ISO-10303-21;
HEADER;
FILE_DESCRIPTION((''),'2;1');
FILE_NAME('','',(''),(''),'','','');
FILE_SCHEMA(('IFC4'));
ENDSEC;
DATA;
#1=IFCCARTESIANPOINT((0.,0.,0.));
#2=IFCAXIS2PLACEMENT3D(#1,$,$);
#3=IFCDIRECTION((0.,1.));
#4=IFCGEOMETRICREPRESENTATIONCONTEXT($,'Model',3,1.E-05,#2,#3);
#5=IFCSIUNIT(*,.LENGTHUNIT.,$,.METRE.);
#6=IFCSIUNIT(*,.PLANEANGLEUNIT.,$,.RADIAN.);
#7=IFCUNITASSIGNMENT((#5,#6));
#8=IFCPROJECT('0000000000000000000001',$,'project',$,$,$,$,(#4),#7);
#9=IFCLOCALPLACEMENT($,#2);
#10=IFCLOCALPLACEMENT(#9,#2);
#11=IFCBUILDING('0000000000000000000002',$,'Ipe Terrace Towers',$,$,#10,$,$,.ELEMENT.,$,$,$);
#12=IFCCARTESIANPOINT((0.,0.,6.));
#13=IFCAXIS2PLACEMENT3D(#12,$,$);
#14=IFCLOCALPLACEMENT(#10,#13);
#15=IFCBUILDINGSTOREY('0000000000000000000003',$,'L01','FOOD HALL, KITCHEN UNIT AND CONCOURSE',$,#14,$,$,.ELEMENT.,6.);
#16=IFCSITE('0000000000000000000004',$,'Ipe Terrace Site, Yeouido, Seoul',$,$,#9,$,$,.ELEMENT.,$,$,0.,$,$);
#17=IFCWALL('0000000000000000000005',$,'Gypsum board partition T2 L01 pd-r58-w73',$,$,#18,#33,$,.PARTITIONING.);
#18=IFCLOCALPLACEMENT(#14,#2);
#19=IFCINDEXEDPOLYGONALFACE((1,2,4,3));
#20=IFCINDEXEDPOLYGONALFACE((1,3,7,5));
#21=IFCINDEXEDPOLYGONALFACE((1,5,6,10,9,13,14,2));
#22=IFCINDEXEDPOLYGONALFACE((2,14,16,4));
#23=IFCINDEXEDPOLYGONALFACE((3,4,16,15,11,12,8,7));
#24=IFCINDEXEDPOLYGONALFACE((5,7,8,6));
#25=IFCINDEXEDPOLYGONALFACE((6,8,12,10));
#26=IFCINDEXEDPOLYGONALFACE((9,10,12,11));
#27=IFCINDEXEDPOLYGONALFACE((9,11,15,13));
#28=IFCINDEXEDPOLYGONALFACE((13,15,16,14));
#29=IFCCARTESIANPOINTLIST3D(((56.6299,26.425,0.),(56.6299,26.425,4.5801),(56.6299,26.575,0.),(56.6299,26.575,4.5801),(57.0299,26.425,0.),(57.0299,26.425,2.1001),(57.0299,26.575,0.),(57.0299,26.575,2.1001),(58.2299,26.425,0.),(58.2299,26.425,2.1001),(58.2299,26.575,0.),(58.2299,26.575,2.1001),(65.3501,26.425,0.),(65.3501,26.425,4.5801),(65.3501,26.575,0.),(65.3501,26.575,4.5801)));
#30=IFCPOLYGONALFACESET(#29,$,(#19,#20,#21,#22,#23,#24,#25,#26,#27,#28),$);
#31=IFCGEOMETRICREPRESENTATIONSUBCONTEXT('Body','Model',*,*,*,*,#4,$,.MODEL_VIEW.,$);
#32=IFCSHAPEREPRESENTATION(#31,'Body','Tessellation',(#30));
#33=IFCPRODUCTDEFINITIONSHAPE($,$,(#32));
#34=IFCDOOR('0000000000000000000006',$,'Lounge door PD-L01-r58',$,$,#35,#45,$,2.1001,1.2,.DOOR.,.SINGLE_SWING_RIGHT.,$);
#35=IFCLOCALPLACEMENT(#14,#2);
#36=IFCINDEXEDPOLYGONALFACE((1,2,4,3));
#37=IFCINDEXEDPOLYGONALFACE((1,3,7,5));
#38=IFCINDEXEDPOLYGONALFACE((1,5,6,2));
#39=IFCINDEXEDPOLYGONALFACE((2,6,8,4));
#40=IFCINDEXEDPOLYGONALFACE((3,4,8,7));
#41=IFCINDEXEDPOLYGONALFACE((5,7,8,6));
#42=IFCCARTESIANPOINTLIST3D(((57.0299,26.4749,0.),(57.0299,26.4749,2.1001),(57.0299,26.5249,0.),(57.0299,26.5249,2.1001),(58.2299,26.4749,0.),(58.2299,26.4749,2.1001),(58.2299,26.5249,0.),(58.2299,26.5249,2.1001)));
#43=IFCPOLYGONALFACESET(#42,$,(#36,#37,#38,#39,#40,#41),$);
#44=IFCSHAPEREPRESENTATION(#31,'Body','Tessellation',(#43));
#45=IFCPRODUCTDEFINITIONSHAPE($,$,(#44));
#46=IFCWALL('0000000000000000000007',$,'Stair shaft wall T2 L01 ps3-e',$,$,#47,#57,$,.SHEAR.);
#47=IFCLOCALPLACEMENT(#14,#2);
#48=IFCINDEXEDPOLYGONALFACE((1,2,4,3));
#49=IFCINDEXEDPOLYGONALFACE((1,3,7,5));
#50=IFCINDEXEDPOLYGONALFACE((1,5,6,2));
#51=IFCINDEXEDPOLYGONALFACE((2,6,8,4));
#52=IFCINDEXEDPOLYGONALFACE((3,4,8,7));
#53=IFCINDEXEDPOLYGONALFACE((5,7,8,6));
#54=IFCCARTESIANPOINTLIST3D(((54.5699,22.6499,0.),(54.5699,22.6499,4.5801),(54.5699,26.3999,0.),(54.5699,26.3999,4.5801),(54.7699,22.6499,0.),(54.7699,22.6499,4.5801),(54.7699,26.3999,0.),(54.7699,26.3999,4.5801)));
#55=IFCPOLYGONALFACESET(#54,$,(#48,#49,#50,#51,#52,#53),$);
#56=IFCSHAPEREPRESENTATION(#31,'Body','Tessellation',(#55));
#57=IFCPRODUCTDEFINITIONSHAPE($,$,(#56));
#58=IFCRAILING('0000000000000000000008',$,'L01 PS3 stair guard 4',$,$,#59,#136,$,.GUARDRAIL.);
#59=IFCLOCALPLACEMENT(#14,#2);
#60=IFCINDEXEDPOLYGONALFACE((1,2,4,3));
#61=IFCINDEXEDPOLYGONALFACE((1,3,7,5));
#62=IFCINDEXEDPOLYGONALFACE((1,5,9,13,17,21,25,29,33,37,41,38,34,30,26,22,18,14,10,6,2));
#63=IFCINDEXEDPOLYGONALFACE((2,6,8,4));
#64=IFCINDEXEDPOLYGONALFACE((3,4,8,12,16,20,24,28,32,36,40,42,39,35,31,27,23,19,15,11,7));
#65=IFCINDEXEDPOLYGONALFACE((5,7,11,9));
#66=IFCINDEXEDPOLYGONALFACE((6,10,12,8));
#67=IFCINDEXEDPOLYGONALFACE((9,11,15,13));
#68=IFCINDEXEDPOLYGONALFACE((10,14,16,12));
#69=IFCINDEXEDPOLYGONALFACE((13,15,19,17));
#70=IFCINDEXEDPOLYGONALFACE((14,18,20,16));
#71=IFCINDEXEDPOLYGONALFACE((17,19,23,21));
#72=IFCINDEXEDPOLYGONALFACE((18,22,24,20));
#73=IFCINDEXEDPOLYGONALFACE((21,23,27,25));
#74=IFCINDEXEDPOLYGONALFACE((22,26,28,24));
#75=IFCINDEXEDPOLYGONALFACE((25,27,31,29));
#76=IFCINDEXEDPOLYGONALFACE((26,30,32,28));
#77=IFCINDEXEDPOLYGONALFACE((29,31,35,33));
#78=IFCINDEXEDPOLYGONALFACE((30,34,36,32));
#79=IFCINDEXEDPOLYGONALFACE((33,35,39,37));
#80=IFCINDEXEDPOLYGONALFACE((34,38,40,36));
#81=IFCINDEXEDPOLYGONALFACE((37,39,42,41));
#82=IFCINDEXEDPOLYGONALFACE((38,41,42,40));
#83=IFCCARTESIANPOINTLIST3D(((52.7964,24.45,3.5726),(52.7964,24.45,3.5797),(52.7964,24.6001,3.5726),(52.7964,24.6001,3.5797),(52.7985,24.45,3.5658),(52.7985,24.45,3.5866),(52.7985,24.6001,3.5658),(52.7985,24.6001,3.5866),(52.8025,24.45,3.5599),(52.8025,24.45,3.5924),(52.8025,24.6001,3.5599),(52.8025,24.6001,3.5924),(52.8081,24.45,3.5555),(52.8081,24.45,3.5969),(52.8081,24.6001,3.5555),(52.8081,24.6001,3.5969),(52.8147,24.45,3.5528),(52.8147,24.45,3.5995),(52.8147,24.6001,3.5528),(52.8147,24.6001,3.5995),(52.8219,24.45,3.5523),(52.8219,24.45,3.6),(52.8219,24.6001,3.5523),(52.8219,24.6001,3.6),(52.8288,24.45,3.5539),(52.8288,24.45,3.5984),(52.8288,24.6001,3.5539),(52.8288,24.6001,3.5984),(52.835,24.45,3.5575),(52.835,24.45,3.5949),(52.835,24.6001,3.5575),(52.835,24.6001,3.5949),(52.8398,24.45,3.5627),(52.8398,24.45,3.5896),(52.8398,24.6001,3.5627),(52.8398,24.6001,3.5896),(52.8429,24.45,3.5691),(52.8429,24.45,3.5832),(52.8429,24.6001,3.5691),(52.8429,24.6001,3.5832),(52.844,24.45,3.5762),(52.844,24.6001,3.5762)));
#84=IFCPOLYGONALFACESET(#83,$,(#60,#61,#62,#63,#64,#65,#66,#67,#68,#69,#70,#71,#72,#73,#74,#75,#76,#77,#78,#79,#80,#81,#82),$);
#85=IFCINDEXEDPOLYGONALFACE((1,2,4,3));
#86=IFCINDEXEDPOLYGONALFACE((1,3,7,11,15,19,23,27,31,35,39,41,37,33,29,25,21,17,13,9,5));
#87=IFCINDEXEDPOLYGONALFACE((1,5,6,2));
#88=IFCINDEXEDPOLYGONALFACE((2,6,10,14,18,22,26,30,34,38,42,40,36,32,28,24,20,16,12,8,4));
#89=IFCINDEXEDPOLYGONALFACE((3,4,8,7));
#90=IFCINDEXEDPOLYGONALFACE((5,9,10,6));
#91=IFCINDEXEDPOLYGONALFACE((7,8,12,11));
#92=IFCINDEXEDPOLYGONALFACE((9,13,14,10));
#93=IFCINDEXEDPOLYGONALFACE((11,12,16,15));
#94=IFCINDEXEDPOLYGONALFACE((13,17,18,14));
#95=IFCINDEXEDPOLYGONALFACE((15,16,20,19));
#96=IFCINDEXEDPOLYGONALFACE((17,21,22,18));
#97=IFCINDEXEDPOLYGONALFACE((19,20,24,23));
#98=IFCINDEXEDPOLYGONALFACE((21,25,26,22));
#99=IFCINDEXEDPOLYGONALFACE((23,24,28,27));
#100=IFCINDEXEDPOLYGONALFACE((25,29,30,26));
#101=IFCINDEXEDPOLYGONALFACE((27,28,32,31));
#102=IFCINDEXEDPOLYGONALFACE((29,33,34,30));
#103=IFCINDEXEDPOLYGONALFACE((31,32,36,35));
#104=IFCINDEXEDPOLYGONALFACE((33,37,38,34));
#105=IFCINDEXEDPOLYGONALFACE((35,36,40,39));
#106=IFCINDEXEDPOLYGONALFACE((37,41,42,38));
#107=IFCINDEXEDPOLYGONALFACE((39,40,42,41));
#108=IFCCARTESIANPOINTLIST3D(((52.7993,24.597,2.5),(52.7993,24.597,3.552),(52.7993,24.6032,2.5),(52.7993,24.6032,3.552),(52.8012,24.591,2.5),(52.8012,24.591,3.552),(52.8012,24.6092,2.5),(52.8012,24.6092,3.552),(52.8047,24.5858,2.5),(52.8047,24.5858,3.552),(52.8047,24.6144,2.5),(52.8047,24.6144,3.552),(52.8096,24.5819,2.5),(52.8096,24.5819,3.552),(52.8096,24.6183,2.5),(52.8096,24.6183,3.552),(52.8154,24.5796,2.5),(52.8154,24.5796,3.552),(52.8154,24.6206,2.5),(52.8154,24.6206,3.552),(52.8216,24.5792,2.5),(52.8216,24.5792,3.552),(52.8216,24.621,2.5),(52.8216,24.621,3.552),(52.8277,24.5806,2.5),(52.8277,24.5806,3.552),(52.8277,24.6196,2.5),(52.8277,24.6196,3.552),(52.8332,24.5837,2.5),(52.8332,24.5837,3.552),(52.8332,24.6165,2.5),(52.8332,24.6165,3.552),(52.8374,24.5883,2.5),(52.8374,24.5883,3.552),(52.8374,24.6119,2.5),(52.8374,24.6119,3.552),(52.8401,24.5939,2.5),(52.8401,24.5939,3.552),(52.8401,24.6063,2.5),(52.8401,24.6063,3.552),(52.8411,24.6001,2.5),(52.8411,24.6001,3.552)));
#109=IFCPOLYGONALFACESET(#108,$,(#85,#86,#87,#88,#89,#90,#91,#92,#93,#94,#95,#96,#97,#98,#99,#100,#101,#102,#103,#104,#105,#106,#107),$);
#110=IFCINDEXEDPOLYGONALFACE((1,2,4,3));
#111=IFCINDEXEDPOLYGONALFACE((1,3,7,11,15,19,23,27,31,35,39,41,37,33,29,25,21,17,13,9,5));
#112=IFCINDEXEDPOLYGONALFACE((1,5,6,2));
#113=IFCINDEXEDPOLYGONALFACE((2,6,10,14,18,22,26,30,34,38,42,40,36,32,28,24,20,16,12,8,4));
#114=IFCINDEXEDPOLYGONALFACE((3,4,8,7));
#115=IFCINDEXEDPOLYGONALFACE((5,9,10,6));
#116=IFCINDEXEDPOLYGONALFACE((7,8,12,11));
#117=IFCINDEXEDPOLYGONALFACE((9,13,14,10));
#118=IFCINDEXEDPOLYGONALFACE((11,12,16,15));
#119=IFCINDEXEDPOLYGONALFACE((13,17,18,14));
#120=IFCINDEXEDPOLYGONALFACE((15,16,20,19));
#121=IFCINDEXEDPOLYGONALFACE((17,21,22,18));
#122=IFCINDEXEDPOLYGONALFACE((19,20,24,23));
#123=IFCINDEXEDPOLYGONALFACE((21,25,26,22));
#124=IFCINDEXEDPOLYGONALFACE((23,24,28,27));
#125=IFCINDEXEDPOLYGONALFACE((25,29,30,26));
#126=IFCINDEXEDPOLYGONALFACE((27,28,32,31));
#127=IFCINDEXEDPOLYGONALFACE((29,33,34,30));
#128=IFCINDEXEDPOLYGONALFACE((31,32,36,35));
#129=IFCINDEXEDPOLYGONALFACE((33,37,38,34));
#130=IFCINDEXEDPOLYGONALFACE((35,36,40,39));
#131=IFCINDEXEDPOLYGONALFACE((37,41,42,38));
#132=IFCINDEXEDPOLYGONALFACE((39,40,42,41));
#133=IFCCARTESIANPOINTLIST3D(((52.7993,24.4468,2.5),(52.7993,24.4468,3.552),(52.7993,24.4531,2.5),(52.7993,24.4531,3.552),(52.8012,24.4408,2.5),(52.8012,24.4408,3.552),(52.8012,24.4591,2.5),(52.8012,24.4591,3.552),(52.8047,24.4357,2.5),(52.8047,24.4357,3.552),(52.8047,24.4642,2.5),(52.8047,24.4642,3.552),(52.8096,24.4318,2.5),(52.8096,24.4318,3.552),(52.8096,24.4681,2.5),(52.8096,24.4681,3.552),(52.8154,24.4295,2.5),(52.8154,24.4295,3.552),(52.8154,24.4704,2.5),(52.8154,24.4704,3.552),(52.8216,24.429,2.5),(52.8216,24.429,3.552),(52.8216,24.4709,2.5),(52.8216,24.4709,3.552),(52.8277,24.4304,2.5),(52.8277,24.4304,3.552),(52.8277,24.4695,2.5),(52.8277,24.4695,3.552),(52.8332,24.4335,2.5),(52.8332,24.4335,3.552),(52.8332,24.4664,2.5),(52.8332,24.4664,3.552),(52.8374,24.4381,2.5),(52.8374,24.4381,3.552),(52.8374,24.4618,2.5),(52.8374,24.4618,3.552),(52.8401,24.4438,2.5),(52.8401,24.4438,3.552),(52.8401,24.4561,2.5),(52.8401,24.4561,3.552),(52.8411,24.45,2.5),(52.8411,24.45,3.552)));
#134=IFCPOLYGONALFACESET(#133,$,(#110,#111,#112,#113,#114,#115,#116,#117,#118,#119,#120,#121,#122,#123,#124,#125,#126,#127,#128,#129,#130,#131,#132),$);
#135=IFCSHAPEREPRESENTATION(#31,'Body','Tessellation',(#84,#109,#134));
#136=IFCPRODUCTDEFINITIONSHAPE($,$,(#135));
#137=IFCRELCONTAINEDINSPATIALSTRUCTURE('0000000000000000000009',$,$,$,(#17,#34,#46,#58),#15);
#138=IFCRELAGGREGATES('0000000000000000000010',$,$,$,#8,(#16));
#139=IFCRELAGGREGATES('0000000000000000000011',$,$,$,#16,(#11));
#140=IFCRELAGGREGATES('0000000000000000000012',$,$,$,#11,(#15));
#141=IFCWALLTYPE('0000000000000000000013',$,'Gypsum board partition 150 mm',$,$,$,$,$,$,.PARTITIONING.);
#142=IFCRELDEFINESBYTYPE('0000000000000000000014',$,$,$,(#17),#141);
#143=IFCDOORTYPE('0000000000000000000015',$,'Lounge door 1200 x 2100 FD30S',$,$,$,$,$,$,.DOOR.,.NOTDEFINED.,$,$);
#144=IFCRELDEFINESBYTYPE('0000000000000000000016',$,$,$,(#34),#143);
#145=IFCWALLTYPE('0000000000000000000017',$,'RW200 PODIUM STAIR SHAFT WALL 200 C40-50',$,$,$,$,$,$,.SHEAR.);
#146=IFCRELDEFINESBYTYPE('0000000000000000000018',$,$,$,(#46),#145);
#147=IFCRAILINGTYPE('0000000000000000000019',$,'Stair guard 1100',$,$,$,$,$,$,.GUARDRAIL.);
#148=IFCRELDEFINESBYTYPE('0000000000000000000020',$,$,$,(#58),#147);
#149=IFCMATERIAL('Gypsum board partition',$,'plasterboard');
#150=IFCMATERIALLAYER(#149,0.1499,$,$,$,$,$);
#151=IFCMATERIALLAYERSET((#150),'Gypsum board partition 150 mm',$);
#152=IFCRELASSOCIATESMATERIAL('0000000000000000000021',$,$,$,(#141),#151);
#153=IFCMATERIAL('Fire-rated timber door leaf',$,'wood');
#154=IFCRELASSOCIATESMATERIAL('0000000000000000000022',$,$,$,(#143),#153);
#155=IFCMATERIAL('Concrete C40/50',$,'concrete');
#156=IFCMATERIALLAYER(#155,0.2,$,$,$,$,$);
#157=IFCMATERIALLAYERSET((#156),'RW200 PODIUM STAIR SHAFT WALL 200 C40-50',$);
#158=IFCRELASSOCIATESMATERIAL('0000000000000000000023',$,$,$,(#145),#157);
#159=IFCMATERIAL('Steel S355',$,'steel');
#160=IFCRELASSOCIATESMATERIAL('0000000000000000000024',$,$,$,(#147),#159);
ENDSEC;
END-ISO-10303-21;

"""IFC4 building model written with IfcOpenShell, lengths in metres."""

from ifc_helpers import new_model, si_unit, direction, frame, frame_2d, origin, origin_2d, place, context, subcontext, project, spatial, rectangle, circle, extrude, material, layer, layer_set, type_object, element, fill, save


model = new_model("IFC4")

# Units and contexts
model_context = context("Model", 3, precision=1e-05, world=origin(), true_north=direction((0.0, 1.0)))
body_context = subcontext(model_context, "Body", "Model", "MODEL_VIEW")
ifc_project = project(units=[si_unit("LENGTHUNIT", "METRE"), si_unit("PLANEANGLEUNIT", "RADIAN")], contexts=[model_context])

# Site, building, storey
site_placement = place(None, origin())
site = spatial("IfcSite", under=ifc_project, at=site_placement, Name="Ipe Terrace Site, Yeouido, Seoul", CompositionType="ELEMENT", RefElevation=0.0)
building_placement = place(site_placement, origin())
building = spatial("IfcBuilding", under=site, at=building_placement, Name="Ipe Terrace Towers", CompositionType="ELEMENT")
storey_placement = place(building_placement, frame((0.0, 0.0, 6.0)))
storey = spatial("IfcBuildingStorey", under=building, at=storey_placement, Name="L01", Description="FOOD HALL, KITCHEN UNIT AND CONCOURSE", CompositionType="ELEMENT", Elevation=6.0)

# Shared definitions
ifc_material_1 = material(Name="Gypsum board partition", Category="plasterboard")
ifc_layer_1 = layer(ifc_material_1, 0.1499)
ifc_layer_set_1 = layer_set([ifc_layer_1], Name="Gypsum board partition 150 mm")
wall_type_1 = type_object("IfcWallType", Name="Gypsum board partition 150 mm", PredefinedType="PARTITIONING", material=ifc_layer_set_1)

# Wall, opening, door
wall_1_placement = place(storey_placement, frame((56.6299, 26.5, 0.0), z_axis=(0.0, 0.0, 1.0), x_axis=(1.0, 0.0, 0.0)))
wall_1 = element("IfcWall", 1, at=wall_1_placement, inside=storey, type_object=wall_type_1, Name="Gypsum board partition T2 L01 pd-r58-w73", PredefinedType="PARTITIONING", context=body_context, shape_type="SweptSolid", body=[
    extrude(rectangle(XDim=8.7202, YDim=0.1499, at=frame_2d((4.3601, 0.0))), origin(), (0.0, 0.0, 1.0), 4.5801),
])
opening_1_placement = place(wall_1_placement, frame((0.3999, 0.0, 0.0)))
opening_1 = element("IfcOpeningElement", 2, at=opening_1_placement, cuts=wall_1, PredefinedType="OPENING", context=body_context, shape_type="SweptSolid", body=[
    extrude(rectangle(XDim=1.2, YDim=2.1001, at=frame_2d((0.6001, 1.05))), frame((0.0, 0.085, 0.0), z_axis=(0.0, -1.0, 0.0), x_axis=(1.0, 0.0, 0.0)), (0.0, 0.0, 1.0), 0.1699),
])
ifc_material_2 = material(Name="Fire-rated timber door leaf", Category="wood")
door_type_1 = type_object("IfcDoorType", Name="Lounge door 1200 x 2100 FD30S", OperationType="NOTDEFINED", PredefinedType="DOOR", material=ifc_material_2)
door_1_placement = place(opening_1_placement, origin())
door_1 = element("IfcDoor", 3, at=door_1_placement, inside=storey, type_object=door_type_1, Name="Lounge door PD-L01-r58", OperationType="SINGLE_SWING_RIGHT", OverallHeight=2.1001, OverallWidth=1.2, PredefinedType="DOOR", context=body_context, shape_type="SweptSolid", body=[
    extrude(rectangle(XDim=1.2, YDim=2.1001, at=frame_2d((0.6001, 1.05))), frame((0.0, 0.0249, 0.0), z_axis=(0.0, -1.0, 0.0), x_axis=(1.0, 0.0, 0.0)), (0.0, 0.0, 1.0), 0.05),
])
fill(opening_1, door_1)

# Wall
ifc_material_3 = material(Name="Concrete C40/50", Category="concrete")
ifc_layer_2 = layer(ifc_material_3, 0.2)
ifc_layer_set_2 = layer_set([ifc_layer_2], Name="RW200 PODIUM STAIR SHAFT WALL 200 C40-50")
wall_type_2 = type_object("IfcWallType", Name="RW200 PODIUM STAIR SHAFT WALL 200 C40-50", PredefinedType="SHEAR", material=ifc_layer_set_2)
wall_2_placement = place(storey_placement, frame((54.6699, 22.6499, 0.0), z_axis=(0.0, 0.0, 1.0), x_axis=(0.0, 1.0, 0.0)))
element("IfcWall", 4, at=wall_2_placement, inside=storey, type_object=wall_type_2, Name="Stair shaft wall T2 L01 ps3-e", PredefinedType="SHEAR", context=body_context, shape_type="SweptSolid", body=[
    extrude(rectangle(XDim=3.75, YDim=0.2, at=frame_2d((1.875, 0.0))), origin(), (0.0, 0.0, 1.0), 4.5801),
])

# Railing
ifc_material_4 = material(Name="Steel S355", Category="steel")
railing_type = type_object("IfcRailingType", Name="Stair guard 1100", PredefinedType="GUARDRAIL", material=ifc_material_4)
for number, where, name in (
    (5, (52.8201, 24.6001, 2.5), "L01 PS3 stair guard 4"),
):
    element("IfcRailing", number, at=place(storey_placement, frame(where)), inside=storey, type_object=railing_type, Name=name, PredefinedType="GUARDRAIL", context=body_context, shape_type="SweptSolid", body=[
        extrude(circle(Radius=0.0239, at=origin_2d()), frame((0.0, 0.0, 1.0762), z_axis=(0.0, -1.0, 0.0), x_axis=(1.0, 0.0, 0.0)), (0.0, 0.0, 1.0), 0.1501),
        extrude(circle(Radius=0.021, at=origin_2d()), origin(), (0.0, 0.0, 1.0), 1.052),
        extrude(circle(Radius=0.021, at=origin_2d()), frame((0.0, -0.1501, 0.0)), (0.0, 0.0, 1.0), 1.052),
    ])

save(model, "model.ifc")
